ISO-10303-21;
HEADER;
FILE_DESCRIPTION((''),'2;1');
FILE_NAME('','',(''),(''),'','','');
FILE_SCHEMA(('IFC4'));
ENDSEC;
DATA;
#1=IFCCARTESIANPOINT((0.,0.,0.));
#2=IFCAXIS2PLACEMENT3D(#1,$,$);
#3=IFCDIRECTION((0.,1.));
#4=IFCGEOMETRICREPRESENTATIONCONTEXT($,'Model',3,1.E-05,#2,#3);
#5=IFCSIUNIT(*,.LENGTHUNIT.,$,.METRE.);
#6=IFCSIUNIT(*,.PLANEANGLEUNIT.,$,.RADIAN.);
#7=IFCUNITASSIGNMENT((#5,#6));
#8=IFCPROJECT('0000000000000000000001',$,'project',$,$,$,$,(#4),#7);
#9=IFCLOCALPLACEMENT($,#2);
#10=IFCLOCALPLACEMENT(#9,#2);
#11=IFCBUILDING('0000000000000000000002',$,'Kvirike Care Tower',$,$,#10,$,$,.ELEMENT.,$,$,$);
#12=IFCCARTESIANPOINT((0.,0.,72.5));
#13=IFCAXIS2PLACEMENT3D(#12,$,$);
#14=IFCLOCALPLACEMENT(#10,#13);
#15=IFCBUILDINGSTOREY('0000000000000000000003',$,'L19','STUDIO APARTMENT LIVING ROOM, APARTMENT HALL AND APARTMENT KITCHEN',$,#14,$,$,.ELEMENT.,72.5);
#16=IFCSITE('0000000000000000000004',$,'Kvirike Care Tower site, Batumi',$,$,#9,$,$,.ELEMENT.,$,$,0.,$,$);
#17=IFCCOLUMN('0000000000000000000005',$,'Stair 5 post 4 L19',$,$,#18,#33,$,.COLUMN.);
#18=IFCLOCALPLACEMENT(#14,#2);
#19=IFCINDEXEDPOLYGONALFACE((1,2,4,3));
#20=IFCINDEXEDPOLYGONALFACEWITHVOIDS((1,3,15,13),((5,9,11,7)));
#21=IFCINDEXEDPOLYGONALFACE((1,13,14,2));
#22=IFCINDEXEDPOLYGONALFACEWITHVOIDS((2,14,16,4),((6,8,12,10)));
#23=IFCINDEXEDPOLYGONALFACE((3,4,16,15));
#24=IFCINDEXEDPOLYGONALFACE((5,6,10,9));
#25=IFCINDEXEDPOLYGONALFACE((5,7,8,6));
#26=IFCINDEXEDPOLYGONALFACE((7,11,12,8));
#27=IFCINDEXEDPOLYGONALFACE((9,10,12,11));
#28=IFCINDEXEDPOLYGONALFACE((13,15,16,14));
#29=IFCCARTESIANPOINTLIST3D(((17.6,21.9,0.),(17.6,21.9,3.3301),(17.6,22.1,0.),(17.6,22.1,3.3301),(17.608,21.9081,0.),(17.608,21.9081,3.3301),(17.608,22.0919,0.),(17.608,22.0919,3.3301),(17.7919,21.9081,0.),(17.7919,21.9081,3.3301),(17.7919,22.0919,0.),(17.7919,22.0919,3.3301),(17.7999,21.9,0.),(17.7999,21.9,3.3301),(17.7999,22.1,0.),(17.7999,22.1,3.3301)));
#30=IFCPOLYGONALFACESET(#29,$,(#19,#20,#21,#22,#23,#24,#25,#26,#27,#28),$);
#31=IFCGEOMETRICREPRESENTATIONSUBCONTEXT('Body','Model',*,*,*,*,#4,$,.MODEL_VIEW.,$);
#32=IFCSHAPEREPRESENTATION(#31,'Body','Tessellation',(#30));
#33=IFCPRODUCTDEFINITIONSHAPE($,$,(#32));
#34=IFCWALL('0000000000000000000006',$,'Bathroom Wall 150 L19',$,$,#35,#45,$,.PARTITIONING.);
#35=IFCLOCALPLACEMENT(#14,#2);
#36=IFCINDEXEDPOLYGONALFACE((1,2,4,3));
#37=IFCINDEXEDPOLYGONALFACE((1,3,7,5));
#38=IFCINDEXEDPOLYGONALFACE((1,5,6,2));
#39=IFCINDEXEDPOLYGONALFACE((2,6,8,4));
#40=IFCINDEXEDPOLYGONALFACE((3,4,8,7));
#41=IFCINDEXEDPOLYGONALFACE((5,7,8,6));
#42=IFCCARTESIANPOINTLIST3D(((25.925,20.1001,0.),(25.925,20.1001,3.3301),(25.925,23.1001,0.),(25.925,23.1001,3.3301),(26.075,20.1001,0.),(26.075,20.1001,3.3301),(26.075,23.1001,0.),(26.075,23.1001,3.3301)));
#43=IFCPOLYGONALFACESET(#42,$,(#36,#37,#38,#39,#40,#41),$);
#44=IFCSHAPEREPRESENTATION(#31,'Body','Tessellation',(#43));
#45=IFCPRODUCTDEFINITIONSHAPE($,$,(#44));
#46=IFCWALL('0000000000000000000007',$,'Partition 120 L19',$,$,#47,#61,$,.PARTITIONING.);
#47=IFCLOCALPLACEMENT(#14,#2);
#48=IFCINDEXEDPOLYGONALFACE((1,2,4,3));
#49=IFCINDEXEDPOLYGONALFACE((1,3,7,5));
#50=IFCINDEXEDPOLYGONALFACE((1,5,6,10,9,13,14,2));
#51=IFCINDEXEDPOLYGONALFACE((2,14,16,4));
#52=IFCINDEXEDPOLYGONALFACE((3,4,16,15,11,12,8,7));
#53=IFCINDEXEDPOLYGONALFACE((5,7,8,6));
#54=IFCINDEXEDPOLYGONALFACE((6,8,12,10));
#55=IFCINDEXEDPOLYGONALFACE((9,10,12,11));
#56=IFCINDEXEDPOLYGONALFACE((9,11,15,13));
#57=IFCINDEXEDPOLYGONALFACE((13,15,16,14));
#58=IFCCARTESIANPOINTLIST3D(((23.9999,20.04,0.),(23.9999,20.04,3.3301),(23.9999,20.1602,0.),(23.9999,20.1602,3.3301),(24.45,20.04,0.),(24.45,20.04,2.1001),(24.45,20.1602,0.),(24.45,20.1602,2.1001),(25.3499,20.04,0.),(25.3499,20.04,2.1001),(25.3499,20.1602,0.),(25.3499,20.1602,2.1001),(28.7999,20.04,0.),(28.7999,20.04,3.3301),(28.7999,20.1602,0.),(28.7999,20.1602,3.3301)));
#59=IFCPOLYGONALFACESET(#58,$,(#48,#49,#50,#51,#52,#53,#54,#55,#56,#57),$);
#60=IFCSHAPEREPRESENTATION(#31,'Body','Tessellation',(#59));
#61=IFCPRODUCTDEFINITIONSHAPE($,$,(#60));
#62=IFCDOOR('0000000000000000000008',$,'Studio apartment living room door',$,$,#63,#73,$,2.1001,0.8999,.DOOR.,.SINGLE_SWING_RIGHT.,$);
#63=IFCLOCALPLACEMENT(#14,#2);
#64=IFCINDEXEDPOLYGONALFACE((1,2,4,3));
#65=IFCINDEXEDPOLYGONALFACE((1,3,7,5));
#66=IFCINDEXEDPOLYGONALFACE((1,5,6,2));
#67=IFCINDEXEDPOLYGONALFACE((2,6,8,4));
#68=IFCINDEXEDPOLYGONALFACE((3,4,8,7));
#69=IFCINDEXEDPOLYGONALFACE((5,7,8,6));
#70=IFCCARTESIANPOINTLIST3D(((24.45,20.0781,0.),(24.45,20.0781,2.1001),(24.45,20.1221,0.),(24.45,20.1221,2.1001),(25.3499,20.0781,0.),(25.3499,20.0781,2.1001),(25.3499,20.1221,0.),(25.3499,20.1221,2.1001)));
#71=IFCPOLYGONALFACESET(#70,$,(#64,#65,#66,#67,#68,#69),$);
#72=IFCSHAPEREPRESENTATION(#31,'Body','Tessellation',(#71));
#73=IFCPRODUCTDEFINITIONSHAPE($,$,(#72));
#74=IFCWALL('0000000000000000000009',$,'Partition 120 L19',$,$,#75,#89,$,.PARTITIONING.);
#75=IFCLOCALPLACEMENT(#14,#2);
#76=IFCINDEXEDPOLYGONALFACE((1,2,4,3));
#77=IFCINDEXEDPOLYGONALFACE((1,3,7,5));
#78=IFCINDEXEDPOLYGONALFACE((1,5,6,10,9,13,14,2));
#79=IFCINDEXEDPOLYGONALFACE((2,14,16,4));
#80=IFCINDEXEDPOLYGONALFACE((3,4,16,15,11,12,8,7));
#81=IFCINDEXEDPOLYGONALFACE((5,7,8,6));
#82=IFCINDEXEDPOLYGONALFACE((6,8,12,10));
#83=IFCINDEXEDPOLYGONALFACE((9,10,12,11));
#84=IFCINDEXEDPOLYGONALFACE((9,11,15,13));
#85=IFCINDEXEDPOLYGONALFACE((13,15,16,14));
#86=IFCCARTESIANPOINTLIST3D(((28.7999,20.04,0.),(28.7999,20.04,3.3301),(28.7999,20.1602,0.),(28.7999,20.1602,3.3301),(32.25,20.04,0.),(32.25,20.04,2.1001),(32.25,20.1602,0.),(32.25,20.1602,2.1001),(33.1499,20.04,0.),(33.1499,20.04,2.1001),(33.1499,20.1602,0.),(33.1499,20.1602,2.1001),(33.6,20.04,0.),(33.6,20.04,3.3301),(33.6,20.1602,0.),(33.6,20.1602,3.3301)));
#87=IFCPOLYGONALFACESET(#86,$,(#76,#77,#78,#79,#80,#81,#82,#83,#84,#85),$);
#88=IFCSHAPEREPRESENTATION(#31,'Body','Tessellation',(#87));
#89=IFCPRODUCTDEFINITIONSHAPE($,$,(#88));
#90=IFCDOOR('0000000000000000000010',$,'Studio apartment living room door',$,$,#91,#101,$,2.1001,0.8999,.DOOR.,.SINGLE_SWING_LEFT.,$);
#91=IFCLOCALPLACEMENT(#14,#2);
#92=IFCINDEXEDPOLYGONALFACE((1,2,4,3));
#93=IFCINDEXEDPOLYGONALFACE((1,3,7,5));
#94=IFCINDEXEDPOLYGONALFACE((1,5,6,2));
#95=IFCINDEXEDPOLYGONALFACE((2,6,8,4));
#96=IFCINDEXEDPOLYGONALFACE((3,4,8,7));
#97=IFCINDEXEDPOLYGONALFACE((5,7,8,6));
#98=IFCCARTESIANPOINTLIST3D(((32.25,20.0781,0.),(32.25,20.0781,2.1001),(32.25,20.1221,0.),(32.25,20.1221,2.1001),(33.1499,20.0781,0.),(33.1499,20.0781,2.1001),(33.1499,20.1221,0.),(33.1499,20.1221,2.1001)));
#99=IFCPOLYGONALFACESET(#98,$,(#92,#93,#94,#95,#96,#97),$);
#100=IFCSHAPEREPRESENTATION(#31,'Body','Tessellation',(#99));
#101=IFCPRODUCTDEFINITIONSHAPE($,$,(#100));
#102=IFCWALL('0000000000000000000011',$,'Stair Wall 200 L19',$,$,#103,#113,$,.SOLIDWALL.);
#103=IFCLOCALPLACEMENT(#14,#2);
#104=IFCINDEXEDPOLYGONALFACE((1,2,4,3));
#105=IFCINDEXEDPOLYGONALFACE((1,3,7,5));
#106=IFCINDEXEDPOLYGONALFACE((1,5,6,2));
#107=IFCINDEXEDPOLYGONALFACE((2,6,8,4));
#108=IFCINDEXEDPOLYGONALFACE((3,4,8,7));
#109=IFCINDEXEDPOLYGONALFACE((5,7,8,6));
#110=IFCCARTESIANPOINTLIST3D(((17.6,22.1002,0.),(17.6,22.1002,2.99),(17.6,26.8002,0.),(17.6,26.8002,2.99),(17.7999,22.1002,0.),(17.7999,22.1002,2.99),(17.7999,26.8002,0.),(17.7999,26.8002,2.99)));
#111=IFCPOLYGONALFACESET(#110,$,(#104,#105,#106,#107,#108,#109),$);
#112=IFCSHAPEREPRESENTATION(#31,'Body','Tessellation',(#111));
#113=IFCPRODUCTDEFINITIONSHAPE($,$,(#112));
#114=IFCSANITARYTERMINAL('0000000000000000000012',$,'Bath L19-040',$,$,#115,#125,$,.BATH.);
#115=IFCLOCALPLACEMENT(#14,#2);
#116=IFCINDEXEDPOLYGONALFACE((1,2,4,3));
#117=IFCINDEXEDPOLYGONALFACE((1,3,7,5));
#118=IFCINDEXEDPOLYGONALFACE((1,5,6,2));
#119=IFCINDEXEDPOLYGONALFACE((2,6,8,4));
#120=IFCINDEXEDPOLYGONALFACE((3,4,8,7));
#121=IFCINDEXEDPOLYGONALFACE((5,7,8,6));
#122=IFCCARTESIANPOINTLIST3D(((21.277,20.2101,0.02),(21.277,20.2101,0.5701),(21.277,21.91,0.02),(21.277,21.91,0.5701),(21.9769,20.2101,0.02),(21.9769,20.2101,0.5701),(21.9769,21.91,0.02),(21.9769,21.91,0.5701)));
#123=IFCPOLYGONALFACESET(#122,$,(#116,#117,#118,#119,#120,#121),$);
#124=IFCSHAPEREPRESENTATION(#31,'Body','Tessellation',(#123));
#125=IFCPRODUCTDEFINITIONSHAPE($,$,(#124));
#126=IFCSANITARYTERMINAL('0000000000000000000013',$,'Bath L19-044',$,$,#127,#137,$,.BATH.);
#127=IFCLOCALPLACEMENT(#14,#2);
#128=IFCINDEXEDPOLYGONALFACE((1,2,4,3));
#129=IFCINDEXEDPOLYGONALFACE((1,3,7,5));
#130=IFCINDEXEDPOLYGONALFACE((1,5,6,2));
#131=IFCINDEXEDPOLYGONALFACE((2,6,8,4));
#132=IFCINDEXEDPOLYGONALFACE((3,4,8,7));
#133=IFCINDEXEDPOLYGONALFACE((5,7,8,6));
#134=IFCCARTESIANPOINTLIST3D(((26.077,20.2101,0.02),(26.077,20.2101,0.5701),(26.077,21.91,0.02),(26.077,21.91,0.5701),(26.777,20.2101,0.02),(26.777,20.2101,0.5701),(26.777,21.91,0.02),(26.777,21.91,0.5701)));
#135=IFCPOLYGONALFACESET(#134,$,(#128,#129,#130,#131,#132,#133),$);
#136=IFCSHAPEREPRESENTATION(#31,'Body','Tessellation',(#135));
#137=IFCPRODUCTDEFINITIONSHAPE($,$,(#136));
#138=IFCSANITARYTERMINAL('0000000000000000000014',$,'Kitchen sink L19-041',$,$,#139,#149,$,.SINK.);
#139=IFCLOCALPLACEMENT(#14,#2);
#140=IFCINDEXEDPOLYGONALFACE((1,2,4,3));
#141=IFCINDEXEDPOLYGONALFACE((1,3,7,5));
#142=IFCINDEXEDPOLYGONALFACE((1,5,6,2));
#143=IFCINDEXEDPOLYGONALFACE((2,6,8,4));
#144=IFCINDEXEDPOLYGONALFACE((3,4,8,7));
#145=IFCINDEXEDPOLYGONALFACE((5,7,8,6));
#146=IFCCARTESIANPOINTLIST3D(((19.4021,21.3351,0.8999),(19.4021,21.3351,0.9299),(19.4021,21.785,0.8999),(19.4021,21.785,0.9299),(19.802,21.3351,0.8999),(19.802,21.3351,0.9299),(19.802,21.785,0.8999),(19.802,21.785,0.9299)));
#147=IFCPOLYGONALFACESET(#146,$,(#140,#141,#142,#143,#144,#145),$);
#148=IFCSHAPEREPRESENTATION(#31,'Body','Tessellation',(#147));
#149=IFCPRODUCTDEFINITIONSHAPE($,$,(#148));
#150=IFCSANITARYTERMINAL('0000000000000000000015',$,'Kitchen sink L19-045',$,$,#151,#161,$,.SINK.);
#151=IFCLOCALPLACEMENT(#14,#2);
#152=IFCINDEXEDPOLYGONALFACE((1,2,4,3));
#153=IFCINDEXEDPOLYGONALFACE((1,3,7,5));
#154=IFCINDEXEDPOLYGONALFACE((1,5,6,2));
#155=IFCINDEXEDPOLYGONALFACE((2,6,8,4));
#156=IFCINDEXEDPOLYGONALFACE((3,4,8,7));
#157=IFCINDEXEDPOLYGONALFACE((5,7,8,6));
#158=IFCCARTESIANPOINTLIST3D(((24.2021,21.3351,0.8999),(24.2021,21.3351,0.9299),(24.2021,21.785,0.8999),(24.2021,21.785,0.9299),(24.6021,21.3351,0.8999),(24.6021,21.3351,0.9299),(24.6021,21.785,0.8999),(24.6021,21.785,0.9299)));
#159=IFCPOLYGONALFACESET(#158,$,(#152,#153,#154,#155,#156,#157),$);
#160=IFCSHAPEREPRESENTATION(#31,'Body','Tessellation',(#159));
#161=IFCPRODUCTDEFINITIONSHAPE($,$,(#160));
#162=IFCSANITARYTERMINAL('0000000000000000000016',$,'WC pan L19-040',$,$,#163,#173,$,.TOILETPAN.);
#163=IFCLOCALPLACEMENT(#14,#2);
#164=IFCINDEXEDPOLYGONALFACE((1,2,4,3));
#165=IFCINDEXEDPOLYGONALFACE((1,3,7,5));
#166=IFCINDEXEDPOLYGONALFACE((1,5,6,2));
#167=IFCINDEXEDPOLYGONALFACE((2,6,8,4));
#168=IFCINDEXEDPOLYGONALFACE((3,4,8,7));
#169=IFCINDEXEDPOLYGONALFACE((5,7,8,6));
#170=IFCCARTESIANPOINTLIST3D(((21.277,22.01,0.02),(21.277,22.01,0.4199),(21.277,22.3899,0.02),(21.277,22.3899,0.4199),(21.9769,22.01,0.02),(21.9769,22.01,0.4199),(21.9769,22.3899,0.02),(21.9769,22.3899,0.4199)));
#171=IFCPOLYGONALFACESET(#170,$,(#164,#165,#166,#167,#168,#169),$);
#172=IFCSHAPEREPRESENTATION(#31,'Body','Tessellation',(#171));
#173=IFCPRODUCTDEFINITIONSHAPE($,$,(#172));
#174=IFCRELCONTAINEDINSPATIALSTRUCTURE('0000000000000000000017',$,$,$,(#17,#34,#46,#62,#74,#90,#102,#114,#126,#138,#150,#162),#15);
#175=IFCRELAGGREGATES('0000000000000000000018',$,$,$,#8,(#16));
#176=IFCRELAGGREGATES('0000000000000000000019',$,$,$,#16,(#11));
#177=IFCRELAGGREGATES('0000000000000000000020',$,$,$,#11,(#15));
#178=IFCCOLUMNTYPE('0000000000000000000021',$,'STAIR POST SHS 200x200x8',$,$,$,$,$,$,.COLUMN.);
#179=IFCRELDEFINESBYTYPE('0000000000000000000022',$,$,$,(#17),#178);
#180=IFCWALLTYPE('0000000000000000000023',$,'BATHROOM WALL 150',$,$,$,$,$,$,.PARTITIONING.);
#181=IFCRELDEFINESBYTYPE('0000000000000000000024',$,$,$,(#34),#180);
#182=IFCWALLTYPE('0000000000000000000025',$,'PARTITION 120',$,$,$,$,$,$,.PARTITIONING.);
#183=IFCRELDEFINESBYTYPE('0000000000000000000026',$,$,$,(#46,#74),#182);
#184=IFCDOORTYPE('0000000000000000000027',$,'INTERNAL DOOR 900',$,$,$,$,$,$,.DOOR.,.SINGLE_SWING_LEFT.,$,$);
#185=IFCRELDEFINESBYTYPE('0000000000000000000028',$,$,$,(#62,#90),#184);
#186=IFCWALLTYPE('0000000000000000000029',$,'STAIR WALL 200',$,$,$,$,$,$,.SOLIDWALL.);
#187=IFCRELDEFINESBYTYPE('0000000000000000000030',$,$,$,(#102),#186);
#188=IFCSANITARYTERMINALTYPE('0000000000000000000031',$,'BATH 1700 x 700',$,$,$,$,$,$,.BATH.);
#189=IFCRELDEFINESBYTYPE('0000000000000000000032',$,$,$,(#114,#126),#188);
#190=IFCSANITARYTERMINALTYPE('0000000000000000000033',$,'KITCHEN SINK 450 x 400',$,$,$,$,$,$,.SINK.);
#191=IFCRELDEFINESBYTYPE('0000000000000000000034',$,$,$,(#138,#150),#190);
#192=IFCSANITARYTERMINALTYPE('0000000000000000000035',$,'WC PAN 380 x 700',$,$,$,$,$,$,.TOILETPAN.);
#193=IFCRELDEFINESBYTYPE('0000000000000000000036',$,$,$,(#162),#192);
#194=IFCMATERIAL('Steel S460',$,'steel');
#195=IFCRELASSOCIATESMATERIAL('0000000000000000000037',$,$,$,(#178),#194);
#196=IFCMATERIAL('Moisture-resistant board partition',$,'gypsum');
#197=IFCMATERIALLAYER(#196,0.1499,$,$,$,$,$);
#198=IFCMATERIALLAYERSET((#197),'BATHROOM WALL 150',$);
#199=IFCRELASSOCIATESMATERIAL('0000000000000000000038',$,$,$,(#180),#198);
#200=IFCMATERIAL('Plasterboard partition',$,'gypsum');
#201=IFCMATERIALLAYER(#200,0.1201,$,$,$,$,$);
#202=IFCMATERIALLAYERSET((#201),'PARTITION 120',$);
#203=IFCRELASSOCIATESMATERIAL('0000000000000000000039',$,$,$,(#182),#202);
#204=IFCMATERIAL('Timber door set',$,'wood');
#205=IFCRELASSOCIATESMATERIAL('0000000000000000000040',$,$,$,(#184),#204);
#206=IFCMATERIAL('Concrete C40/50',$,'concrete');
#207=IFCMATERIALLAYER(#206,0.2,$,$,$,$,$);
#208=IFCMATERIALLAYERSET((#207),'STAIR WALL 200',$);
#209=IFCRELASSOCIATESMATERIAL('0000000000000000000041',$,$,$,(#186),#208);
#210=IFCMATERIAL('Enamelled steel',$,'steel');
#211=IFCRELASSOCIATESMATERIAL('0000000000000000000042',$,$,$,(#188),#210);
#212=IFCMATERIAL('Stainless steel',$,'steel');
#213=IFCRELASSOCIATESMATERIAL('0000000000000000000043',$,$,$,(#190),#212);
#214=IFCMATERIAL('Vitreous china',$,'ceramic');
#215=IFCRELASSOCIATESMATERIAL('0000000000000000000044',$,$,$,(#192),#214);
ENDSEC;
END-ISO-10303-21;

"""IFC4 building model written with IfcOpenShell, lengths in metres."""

from ifc_helpers import new_model, si_unit, direction, frame, frame_2d, origin, origin_2d, place, context, subcontext, project, spatial, rectangle, hollow_rectangle, extrude, material, layer, layer_set, material_profile, profile_set, type_object, element, fill, save


model = new_model("IFC4")

# Units and contexts
model_context = context("Model", 3, precision=1e-05, world=origin(), true_north=direction((0.0, 1.0)))
body_context = subcontext(model_context, "Body", "Model", "MODEL_VIEW")
ifc_project = project(units=[si_unit("LENGTHUNIT", "METRE"), si_unit("PLANEANGLEUNIT", "RADIAN")], contexts=[model_context])

# Site, building, storey
site_placement = place(None, origin())
site = spatial("IfcSite", under=ifc_project, at=site_placement, Name="Kvirike Care Tower site, Batumi", CompositionType="ELEMENT", RefElevation=0.0)
building_placement = place(site_placement, origin())
building = spatial("IfcBuilding", under=site, at=building_placement, Name="Kvirike Care Tower", CompositionType="ELEMENT")
storey_placement = place(building_placement, frame((0.0, 0.0, 72.5)))
storey = spatial("IfcBuildingStorey", under=building, at=storey_placement, Name="L19", Description="STUDIO APARTMENT LIVING ROOM, APARTMENT HALL AND APARTMENT KITCHEN", CompositionType="ELEMENT", Elevation=72.5)

# Column
ifc_material_1 = material(Name="Steel S460", Category="steel")
ifc_material_profile = material_profile(ifc_material_1, hollow_rectangle(XDim=0.2, YDim=0.2, WallThickness=0.0081, at=origin_2d()), Name="SHS 200x200x8")
ifc_profile_set = profile_set([ifc_material_profile], Name="Steel S460")
column_type = type_object("IfcColumnType", Name="STAIR POST SHS 200x200x8", PredefinedType="COLUMN", material=ifc_profile_set)
column_placement = place(storey_placement, frame((17.7, 22.0, 0.0), z_axis=(0.0, 0.0, 1.0), x_axis=(1.0, 0.0, 0.0)))
element("IfcColumn", 1, at=column_placement, inside=storey, type_object=column_type, Name="Stair 5 post 4 L19", PredefinedType="COLUMN", context=body_context, shape_type="SweptSolid", body=[
    extrude(hollow_rectangle(XDim=0.2, YDim=0.2, WallThickness=0.0081, at=origin_2d()), origin(), (0.0, 0.0, 1.0), 3.3301),
])

# Wall
ifc_material_2 = material(Name="Moisture-resistant board partition", Category="gypsum")
ifc_layer_1 = layer(ifc_material_2, 0.1499)
ifc_layer_set_1 = layer_set([ifc_layer_1], Name="BATHROOM WALL 150")
wall_type_1 = type_object("IfcWallType", Name="BATHROOM WALL 150", PredefinedType="PARTITIONING", material=ifc_layer_set_1)
wall_1_placement = place(storey_placement, frame((26.0, 20.1001, 0.0), z_axis=(0.0, 0.0, 1.0), x_axis=(0.0, 1.0, 0.0)))
element("IfcWall", 2, at=wall_1_placement, inside=storey, type_object=wall_type_1, Name="Bathroom Wall 150 L19", PredefinedType="PARTITIONING", context=body_context, shape_type="SweptSolid", body=[
    extrude(rectangle(XDim=3.0, YDim=0.1499, at=frame_2d((1.5, 0.0))), origin(), (0.0, 0.0, 1.0), 3.3301),
])

# Walls, openings, doors
ifc_material_3 = material(Name="Plasterboard partition", Category="gypsum")
ifc_layer_2 = layer(ifc_material_3, 0.1201)
ifc_layer_set_2 = layer_set([ifc_layer_2], Name="PARTITION 120")
wall_type_2 = type_object("IfcWallType", Name="PARTITION 120", PredefinedType="PARTITIONING", material=ifc_layer_set_2)
wall_2_placement = place(storey_placement, frame((24.0, 20.1001, 0.0), z_axis=(0.0, 0.0, 1.0), x_axis=(1.0, 0.0, 0.0)))
wall_2 = element("IfcWall", 3, at=wall_2_placement, inside=storey, type_object=wall_type_2, Name="Partition 120 L19", PredefinedType="PARTITIONING", context=body_context, shape_type="SweptSolid", body=[
    extrude(rectangle(XDim=4.8, YDim=0.1201, at=frame_2d((2.3999, 0.0))), origin(), (0.0, 0.0, 1.0), 3.3301),
])
opening_1_placement = place(wall_2_placement, frame((0.45, 0.0, 0.0)))
opening_1 = element("IfcOpeningElement", 4, at=opening_1_placement, cuts=wall_2, PredefinedType="OPENING", context=body_context, shape_type="SweptSolid", body=[
    extrude(rectangle(XDim=0.8999, YDim=2.1001, at=frame_2d((0.45, 1.05))), frame((0.0, 0.0706, 0.0), z_axis=(0.0, -1.0, 0.0), x_axis=(1.0, 0.0, 0.0)), (0.0, 0.0, 1.0), 0.1411),
])
ifc_material_4 = material(Name="Timber door set", Category="wood")
door_type = type_object("IfcDoorType", Name="INTERNAL DOOR 900", OperationType="SINGLE_SWING_LEFT", PredefinedType="DOOR", material=ifc_material_4)
door_1_placement = place(opening_1_placement, origin())
door_1 = element("IfcDoor", 5, at=door_1_placement, inside=storey, type_object=door_type, Name="Studio apartment living room door", OperationType="SINGLE_SWING_RIGHT", OverallHeight=2.1001, OverallWidth=0.8999, PredefinedType="DOOR", context=body_context, shape_type="SweptSolid", body=[
    extrude(rectangle(XDim=0.8999, YDim=2.1001, at=frame_2d((0.45, 1.05))), frame((0.0, 0.022, 0.0), z_axis=(0.0, -1.0, 0.0), x_axis=(1.0, 0.0, 0.0)), (0.0, 0.0, 1.0), 0.0439),
])
fill(opening_1, door_1)
wall_3_placement = place(storey_placement, frame((28.8, 20.1001, 0.0), z_axis=(0.0, 0.0, 1.0), x_axis=(1.0, 0.0, 0.0)))
wall_3 = element("IfcWall", 6, at=wall_3_placement, inside=storey, type_object=wall_type_2, Name="Partition 120 L19", PredefinedType="PARTITIONING", context=body_context, shape_type="SweptSolid", body=[
    extrude(rectangle(XDim=4.8, YDim=0.1201, at=frame_2d((2.3999, 0.0))), origin(), (0.0, 0.0, 1.0), 3.3301),
])
opening_2_placement = place(wall_3_placement, frame((3.45, 0.0, 0.0)))
opening_2 = element("IfcOpeningElement", 7, at=opening_2_placement, cuts=wall_3, PredefinedType="OPENING", context=body_context, shape_type="SweptSolid", body=[
    extrude(rectangle(XDim=0.8999, YDim=2.1001, at=frame_2d((0.45, 1.05))), frame((0.0, 0.0706, 0.0), z_axis=(0.0, -1.0, 0.0), x_axis=(1.0, 0.0, 0.0)), (0.0, 0.0, 1.0), 0.1411),
])
door_2_placement = place(opening_2_placement, origin())
door_2 = element("IfcDoor", 8, at=door_2_placement, inside=storey, type_object=door_type, Name="Studio apartment living room door", OperationType="SINGLE_SWING_LEFT", OverallHeight=2.1001, OverallWidth=0.8999, PredefinedType="DOOR", context=body_context, shape_type="SweptSolid", body=[
    extrude(rectangle(XDim=0.8999, YDim=2.1001, at=frame_2d((0.45, 1.05))), frame((0.0, 0.022, 0.0), z_axis=(0.0, -1.0, 0.0), x_axis=(1.0, 0.0, 0.0)), (0.0, 0.0, 1.0), 0.0439),
])
fill(opening_2, door_2)

# Wall
ifc_material_5 = material(Name="Concrete C40/50", Category="concrete")
ifc_layer_3 = layer(ifc_material_5, 0.2)
ifc_layer_set_3 = layer_set([ifc_layer_3], Name="STAIR WALL 200")
wall_type_3 = type_object("IfcWallType", Name="STAIR WALL 200", PredefinedType="SOLIDWALL", material=ifc_layer_set_3)
wall_4_placement = place(storey_placement, frame((17.7, 22.1001, 0.0), z_axis=(0.0, 0.0, 1.0), x_axis=(0.0, 1.0, 0.0)))
element("IfcWall", 9, at=wall_4_placement, inside=storey, type_object=wall_type_3, Name="Stair Wall 200 L19", PredefinedType="SOLIDWALL", context=body_context, shape_type="SweptSolid", body=[
    extrude(rectangle(XDim=4.7, YDim=0.2, at=frame_2d((2.3501, 0.0))), origin(), (0.0, 0.0, 1.0), 2.99),
])

# Sanitary terminals
ifc_material_6 = material(Name="Enamelled steel", Category="steel")
sanitary_terminal_type_1 = type_object("IfcSanitaryTerminalType", Name="BATH 1700 x 700", PredefinedType="BATH", material=ifc_material_6)
for number, where, z_axis, x_axis, name in (
    (10, (21.627, 21.0601, 0.02), (0.0, 0.0, 1.0), (0.0, 1.0, 0.0), "Bath L19-040"),
    (11, (26.427, 21.0601, 0.02), (0.0, 0.0, 1.0), (0.0, 1.0, 0.0), "Bath L19-044"),
):
    element("IfcSanitaryTerminal", number, at=place(storey_placement, frame(where, z_axis=z_axis, x_axis=x_axis)), inside=storey, type_object=sanitary_terminal_type_1, Name=name, PredefinedType="BATH", context=body_context, shape_type="SweptSolid", body=[
        extrude(rectangle(XDim=1.7, YDim=0.7, at=origin_2d()), origin(), (0.0, 0.0, 1.0), 0.55),
    ])
ifc_material_7 = material(Name="Stainless steel", Category="steel")
sanitary_terminal_type_2 = type_object("IfcSanitaryTerminalType", Name="KITCHEN SINK 450 x 400", PredefinedType="SINK", material=ifc_material_7)
for number, where, z_axis, x_axis, name in (
    (12, (19.6021, 21.5601, 0.8999), (0.0, 0.0, 1.0), (0.0, 1.0, 0.0), "Kitchen sink L19-041"),
    (13, (24.4021, 21.5601, 0.8999), (0.0, 0.0, 1.0), (0.0, 1.0, 0.0), "Kitchen sink L19-045"),
):
    element("IfcSanitaryTerminal", number, at=place(storey_placement, frame(where, z_axis=z_axis, x_axis=x_axis)), inside=storey, type_object=sanitary_terminal_type_2, Name=name, PredefinedType="SINK", context=body_context, shape_type="SweptSolid", body=[
        extrude(rectangle(XDim=0.45, YDim=0.3999, at=origin_2d()), origin(), (0.0, 0.0, 1.0), 0.03),
    ])
ifc_material_8 = material(Name="Vitreous china", Category="ceramic")
sanitary_terminal_type_3 = type_object("IfcSanitaryTerminalType", Name="WC PAN 380 x 700", PredefinedType="TOILETPAN", material=ifc_material_8)
sanitary_terminal_placement = place(storey_placement, frame((21.627, 22.2, 0.02), z_axis=(0.0, 0.0, 1.0), x_axis=(0.0, 1.0, 0.0)))
element("IfcSanitaryTerminal", 14, at=sanitary_terminal_placement, inside=storey, type_object=sanitary_terminal_type_3, Name="WC pan L19-040", PredefinedType="TOILETPAN", context=body_context, shape_type="SweptSolid", body=[
    extrude(rectangle(XDim=0.3799, YDim=0.7, at=origin_2d()), origin(), (0.0, 0.0, 1.0), 0.3999),
])

save(model, "model.ifc")
